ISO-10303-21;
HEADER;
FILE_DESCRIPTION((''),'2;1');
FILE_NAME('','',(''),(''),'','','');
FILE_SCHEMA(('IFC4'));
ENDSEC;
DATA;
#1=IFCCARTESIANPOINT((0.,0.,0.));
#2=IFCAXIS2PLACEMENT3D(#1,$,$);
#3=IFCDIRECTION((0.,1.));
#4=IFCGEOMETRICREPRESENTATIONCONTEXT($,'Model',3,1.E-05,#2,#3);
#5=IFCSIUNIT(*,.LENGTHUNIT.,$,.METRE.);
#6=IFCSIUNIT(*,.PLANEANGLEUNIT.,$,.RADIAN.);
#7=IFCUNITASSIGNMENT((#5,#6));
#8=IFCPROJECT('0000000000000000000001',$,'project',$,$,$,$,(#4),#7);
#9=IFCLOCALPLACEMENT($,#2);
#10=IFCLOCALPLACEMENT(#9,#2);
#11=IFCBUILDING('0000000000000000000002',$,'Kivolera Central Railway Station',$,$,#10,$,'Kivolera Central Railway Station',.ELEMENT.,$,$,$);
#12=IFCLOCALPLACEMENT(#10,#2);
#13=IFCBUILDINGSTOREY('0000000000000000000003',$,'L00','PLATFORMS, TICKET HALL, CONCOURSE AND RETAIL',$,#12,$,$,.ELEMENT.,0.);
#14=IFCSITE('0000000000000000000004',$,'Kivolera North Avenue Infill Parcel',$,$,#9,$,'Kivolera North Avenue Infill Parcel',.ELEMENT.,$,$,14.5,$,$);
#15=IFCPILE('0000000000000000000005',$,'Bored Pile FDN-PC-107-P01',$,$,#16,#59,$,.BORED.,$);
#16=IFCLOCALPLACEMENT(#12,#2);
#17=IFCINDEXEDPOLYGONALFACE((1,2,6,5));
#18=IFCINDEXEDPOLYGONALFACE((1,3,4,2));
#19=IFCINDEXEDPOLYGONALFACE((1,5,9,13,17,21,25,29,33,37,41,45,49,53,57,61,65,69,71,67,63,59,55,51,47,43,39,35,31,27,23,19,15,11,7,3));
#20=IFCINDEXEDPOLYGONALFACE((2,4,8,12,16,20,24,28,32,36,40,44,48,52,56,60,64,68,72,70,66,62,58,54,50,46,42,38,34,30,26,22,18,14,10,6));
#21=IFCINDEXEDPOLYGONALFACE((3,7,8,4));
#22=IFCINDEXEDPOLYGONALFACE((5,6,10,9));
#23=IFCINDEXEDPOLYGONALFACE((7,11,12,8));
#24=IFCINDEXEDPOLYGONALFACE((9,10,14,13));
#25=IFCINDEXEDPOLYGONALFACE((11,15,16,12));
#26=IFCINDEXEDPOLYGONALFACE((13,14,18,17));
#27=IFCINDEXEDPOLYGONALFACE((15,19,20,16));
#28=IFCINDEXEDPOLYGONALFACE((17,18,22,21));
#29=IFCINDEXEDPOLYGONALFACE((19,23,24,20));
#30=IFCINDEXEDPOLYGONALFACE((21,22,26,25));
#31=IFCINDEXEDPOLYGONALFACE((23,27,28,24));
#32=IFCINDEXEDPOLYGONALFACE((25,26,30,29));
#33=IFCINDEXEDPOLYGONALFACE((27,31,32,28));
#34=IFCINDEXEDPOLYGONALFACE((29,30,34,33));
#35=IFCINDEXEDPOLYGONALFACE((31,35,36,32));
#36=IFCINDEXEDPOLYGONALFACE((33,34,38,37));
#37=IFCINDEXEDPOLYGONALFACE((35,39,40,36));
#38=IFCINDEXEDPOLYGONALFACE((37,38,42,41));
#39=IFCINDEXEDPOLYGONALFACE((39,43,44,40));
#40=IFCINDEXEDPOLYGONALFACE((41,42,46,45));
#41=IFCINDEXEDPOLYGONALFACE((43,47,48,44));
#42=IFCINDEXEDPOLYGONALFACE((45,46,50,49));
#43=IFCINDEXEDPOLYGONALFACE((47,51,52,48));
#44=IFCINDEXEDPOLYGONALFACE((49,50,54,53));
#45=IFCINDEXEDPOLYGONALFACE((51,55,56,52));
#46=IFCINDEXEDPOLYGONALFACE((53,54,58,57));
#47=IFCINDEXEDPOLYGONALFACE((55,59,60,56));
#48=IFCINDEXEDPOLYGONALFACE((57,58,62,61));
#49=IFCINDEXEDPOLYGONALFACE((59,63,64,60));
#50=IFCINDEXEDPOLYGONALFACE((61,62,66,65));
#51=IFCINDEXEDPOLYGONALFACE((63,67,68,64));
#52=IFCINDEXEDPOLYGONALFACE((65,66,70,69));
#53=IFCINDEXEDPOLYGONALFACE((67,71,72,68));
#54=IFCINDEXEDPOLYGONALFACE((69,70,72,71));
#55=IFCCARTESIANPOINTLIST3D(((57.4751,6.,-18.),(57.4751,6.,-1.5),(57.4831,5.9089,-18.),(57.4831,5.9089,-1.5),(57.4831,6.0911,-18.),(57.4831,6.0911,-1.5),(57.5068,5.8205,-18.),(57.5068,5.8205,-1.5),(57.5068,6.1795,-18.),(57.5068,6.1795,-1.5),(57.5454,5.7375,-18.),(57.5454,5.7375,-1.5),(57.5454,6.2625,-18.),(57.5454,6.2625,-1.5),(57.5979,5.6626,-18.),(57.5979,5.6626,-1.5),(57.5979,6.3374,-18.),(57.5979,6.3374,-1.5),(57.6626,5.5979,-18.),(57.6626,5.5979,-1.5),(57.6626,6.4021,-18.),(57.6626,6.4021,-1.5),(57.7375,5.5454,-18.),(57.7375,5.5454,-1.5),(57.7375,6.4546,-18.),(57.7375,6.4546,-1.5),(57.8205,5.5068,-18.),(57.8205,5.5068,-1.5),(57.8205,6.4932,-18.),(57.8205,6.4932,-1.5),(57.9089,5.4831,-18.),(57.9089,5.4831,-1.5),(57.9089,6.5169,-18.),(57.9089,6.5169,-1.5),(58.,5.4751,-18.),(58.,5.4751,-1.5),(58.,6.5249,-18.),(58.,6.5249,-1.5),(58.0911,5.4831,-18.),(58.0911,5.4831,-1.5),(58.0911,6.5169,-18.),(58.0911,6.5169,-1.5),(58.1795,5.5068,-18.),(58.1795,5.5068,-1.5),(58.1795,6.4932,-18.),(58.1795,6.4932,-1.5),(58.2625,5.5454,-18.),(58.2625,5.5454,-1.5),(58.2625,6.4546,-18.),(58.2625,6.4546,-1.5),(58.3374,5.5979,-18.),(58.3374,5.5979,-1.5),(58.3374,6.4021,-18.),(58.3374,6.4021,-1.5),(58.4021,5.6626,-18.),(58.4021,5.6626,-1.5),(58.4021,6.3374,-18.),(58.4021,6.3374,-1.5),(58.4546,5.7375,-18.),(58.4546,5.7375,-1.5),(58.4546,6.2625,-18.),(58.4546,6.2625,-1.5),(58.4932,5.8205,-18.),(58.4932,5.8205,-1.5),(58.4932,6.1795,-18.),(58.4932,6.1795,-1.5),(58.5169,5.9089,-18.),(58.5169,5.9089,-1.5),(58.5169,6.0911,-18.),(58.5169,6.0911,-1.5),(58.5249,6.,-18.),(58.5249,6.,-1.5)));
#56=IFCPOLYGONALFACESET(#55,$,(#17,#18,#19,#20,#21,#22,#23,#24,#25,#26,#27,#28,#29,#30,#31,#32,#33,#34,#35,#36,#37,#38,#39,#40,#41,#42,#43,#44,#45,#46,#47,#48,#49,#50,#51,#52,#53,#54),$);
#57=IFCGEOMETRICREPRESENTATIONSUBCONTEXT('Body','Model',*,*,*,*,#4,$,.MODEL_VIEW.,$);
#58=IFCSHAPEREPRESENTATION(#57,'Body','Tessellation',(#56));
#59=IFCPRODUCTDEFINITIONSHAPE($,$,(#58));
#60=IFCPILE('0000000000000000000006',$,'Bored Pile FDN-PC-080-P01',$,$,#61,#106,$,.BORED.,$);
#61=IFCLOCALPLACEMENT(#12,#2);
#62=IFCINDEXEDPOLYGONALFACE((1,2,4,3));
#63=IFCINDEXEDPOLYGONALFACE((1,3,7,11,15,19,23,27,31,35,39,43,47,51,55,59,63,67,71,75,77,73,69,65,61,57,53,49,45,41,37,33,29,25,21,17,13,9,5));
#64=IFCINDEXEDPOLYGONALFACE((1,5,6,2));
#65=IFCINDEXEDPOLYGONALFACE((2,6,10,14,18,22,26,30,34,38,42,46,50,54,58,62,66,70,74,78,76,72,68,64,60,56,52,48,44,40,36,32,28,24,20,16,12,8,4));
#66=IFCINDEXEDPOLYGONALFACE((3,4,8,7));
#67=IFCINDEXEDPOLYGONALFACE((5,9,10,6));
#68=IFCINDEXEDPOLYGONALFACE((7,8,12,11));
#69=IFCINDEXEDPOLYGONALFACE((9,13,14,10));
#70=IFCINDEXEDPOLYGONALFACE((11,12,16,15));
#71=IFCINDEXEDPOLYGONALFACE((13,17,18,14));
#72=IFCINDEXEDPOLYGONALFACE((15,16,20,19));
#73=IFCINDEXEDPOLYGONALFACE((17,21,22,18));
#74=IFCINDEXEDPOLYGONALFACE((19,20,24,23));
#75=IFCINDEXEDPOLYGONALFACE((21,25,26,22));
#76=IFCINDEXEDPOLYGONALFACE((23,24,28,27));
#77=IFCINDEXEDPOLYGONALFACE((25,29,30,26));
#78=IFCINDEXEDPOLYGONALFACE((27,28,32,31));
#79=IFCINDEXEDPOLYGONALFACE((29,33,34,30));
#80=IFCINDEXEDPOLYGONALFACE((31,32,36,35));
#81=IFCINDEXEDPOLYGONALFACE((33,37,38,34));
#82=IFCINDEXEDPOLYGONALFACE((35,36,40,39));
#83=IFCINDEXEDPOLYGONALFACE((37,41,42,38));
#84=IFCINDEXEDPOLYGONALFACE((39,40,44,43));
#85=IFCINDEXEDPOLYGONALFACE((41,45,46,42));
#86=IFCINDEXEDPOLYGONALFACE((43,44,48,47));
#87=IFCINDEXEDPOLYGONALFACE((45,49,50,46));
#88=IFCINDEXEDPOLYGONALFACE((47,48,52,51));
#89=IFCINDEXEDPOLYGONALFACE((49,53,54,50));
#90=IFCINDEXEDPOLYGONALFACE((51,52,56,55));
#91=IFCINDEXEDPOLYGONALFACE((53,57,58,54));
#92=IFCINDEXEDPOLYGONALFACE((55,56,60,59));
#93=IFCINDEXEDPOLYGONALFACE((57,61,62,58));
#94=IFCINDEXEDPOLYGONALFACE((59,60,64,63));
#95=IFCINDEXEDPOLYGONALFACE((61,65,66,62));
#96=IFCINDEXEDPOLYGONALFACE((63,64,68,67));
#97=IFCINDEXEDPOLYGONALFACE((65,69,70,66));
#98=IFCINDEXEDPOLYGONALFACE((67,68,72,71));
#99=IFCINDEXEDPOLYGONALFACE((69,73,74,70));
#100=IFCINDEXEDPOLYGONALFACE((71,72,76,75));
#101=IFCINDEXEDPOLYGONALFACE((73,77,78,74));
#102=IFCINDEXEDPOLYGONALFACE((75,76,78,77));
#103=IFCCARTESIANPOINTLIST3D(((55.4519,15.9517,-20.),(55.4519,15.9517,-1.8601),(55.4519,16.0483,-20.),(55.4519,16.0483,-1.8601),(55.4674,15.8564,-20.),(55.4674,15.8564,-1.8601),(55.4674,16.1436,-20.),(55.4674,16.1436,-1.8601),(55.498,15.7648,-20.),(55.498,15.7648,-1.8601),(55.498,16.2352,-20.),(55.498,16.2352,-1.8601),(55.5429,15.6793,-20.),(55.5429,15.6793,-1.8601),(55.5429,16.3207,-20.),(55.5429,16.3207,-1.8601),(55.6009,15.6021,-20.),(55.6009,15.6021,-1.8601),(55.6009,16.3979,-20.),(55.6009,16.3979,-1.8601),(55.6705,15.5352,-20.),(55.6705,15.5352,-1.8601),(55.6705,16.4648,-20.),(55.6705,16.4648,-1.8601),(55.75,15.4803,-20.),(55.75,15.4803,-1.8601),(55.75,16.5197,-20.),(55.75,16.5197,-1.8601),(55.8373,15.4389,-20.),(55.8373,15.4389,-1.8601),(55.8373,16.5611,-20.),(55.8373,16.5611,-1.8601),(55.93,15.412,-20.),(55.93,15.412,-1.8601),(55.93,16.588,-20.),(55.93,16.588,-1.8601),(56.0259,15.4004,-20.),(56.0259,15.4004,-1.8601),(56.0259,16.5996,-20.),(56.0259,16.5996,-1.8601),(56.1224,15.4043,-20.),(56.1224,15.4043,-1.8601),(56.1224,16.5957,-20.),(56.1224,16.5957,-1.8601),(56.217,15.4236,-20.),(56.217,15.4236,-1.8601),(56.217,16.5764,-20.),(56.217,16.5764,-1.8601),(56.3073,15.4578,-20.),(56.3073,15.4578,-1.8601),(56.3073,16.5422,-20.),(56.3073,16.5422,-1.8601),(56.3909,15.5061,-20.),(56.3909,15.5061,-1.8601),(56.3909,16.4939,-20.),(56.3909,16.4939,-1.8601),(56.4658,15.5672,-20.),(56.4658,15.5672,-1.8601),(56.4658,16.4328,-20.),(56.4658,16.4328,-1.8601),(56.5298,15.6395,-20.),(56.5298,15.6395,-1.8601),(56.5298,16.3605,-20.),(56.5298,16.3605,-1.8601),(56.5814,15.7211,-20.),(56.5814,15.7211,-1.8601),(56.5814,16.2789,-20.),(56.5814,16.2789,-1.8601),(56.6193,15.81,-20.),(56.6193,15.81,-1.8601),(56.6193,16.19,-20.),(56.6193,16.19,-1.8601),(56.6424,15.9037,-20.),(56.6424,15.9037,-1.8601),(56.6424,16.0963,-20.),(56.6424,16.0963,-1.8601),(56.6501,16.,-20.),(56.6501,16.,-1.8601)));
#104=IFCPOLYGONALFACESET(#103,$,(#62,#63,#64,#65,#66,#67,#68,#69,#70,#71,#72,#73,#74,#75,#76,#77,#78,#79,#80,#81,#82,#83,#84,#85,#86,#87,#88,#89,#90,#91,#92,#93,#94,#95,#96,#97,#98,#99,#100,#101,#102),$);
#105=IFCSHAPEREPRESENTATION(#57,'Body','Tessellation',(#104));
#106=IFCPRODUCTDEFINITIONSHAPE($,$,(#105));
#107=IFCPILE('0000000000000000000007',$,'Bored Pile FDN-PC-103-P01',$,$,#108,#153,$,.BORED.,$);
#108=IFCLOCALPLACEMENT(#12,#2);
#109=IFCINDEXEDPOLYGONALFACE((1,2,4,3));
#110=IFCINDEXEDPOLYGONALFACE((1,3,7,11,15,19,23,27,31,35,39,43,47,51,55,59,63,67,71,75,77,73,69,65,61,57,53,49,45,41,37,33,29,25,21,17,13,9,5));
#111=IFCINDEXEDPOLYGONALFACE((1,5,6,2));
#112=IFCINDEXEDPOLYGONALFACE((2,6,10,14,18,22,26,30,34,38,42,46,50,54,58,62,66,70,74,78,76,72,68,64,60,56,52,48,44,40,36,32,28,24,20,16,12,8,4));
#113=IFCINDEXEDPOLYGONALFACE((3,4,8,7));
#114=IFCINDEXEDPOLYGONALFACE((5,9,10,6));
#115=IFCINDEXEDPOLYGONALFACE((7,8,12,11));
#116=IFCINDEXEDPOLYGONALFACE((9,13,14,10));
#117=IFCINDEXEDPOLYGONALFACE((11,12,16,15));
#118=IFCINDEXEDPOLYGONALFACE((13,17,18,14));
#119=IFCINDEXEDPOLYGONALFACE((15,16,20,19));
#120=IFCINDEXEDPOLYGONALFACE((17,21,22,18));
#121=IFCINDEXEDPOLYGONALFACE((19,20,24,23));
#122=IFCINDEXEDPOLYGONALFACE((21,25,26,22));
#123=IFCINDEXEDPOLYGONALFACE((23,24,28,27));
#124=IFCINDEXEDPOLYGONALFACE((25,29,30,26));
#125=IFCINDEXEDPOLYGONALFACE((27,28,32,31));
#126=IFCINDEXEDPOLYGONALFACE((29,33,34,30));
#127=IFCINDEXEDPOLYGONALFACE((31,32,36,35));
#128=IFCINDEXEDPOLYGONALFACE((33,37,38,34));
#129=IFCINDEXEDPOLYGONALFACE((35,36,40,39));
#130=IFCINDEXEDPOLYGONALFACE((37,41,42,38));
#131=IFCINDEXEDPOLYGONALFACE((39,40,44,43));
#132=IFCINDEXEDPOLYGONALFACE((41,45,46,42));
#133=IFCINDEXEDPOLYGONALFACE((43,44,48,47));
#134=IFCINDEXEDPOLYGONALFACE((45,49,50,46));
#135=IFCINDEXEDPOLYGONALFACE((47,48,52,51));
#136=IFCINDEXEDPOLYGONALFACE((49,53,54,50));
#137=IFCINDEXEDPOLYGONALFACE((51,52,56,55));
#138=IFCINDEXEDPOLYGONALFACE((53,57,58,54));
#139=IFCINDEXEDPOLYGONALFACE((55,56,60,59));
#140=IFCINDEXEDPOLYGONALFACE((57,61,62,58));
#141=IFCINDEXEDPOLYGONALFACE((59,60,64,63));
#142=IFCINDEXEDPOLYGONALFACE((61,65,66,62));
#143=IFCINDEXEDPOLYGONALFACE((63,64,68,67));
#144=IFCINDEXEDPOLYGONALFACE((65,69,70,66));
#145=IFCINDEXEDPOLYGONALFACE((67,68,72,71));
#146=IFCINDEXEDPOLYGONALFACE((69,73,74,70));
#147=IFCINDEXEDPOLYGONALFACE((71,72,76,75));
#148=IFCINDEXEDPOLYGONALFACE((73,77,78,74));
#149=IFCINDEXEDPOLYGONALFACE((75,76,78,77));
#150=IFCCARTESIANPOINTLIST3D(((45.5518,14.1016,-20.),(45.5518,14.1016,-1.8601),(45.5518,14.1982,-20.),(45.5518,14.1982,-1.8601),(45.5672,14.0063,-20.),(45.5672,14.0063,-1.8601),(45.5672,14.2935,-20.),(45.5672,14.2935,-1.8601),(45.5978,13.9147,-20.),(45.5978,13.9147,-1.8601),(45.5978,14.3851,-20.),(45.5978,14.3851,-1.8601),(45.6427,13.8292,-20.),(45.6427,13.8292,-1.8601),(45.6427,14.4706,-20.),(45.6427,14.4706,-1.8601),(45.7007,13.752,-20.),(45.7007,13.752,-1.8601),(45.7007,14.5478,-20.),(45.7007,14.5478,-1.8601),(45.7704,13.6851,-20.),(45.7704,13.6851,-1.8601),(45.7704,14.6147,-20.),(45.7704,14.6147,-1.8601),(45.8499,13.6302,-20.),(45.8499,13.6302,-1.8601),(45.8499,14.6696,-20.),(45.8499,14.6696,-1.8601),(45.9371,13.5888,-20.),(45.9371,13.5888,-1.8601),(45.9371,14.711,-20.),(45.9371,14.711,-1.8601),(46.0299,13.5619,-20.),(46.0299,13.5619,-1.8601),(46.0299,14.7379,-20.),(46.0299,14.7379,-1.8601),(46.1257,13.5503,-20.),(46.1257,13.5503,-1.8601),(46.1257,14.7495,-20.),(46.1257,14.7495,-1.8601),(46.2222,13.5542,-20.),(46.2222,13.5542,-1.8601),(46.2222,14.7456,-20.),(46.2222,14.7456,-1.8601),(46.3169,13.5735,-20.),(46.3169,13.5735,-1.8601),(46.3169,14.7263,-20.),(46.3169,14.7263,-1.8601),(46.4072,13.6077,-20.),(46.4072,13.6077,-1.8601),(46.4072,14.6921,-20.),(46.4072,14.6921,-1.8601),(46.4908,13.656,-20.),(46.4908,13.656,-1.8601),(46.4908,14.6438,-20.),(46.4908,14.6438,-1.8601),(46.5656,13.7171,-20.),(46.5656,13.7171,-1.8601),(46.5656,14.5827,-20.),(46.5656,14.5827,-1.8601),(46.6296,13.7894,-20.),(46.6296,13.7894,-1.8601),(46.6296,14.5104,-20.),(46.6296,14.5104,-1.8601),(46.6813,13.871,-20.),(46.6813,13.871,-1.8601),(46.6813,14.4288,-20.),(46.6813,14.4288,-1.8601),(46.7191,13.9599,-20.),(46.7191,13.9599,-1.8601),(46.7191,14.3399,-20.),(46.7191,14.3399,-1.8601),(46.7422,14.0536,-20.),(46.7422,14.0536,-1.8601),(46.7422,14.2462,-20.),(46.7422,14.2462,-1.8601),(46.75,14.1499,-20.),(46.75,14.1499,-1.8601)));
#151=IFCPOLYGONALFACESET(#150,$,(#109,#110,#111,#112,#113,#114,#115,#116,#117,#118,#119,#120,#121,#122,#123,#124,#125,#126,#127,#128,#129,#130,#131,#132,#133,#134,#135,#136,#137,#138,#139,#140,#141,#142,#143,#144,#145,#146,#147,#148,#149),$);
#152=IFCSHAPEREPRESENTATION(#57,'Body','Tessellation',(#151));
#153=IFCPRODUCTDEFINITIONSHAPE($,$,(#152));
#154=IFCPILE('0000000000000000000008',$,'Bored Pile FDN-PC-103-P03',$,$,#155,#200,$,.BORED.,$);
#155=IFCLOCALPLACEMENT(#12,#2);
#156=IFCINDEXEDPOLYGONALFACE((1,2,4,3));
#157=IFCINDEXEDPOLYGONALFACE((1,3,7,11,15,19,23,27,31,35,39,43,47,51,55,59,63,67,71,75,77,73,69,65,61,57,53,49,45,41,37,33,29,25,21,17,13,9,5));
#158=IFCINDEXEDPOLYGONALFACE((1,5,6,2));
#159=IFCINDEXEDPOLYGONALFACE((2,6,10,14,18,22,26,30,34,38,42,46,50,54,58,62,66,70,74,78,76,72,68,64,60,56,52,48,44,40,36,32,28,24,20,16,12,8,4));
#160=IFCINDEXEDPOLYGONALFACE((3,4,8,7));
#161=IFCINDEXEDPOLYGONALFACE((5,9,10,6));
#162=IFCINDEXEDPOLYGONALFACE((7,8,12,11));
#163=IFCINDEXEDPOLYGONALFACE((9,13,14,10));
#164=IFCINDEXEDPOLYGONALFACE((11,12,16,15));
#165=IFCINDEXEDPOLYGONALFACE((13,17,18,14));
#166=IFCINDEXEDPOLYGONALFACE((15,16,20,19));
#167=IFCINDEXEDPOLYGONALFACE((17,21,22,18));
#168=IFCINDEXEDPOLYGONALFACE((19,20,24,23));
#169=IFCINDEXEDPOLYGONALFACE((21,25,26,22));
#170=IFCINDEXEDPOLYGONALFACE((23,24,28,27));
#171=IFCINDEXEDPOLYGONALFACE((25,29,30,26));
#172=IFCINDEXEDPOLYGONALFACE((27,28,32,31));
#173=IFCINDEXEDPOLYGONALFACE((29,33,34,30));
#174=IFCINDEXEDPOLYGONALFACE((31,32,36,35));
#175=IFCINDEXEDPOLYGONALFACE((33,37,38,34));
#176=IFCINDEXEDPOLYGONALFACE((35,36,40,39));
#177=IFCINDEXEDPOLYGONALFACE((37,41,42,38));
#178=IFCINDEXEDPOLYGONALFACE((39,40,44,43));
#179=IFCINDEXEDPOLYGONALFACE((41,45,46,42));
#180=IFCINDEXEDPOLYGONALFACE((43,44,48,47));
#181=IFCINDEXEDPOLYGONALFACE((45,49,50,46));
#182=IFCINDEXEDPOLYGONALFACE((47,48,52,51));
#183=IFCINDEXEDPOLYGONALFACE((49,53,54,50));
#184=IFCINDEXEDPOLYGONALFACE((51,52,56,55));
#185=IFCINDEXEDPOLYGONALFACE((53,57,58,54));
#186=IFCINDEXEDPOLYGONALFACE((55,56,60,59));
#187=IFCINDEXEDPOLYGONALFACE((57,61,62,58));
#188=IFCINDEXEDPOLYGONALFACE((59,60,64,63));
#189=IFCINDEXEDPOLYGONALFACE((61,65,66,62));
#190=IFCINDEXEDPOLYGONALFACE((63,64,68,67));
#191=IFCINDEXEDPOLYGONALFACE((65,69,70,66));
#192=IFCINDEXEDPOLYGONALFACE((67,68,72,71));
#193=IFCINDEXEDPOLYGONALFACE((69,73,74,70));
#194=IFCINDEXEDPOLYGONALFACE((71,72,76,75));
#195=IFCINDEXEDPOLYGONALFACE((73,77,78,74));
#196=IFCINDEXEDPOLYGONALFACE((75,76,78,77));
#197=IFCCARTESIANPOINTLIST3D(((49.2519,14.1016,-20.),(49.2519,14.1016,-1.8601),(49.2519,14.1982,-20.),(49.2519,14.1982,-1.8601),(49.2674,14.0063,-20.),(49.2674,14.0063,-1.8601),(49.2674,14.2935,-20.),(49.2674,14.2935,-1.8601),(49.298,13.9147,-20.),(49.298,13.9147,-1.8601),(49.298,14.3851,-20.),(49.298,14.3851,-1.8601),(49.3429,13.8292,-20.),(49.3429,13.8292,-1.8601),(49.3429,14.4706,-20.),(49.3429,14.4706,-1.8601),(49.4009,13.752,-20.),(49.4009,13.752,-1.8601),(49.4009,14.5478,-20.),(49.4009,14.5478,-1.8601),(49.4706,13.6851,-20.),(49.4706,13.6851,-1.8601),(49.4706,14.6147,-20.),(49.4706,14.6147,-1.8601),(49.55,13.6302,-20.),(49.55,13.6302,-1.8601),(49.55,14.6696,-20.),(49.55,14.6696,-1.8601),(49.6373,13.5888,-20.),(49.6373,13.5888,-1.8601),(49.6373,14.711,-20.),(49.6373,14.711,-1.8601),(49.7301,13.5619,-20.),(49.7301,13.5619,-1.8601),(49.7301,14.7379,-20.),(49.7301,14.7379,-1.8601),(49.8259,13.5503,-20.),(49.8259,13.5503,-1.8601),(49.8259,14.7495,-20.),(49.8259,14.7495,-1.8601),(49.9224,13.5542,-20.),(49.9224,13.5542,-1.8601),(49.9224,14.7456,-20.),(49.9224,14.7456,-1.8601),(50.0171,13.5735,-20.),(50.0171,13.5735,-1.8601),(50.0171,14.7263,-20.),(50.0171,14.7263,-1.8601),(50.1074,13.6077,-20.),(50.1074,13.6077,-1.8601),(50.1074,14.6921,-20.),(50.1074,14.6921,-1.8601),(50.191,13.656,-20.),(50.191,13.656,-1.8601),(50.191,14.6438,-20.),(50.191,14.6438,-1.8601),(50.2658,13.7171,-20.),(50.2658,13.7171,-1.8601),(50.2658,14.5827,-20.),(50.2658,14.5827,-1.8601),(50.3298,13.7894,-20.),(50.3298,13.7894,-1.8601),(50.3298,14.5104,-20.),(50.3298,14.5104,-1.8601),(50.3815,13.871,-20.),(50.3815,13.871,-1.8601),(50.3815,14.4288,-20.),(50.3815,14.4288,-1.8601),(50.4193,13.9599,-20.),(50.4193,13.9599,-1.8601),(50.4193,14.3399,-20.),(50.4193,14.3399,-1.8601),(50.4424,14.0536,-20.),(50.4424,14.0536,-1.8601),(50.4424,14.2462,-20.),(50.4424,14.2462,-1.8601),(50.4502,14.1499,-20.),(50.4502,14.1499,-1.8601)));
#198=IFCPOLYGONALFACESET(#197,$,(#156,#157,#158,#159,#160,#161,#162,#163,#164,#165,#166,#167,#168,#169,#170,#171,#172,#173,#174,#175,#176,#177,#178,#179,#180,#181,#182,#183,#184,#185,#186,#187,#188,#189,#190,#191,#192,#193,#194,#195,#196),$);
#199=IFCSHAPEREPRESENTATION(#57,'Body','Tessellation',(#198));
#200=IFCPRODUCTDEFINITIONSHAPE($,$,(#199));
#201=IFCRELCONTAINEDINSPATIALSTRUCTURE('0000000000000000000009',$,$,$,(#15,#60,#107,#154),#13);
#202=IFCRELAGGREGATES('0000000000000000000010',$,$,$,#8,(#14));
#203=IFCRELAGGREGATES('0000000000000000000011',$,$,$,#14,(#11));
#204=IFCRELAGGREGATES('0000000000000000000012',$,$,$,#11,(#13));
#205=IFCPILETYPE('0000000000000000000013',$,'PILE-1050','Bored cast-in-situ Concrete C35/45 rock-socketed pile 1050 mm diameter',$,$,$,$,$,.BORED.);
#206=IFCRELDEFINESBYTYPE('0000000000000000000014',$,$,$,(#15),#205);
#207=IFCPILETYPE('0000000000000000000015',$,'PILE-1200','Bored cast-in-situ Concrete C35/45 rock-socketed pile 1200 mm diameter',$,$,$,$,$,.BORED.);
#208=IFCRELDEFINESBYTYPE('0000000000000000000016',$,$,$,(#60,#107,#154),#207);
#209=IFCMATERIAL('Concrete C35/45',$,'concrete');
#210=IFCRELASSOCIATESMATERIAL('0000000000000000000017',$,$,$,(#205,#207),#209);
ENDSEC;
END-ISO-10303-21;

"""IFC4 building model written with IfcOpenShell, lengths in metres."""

from ifc_helpers import new_model, si_unit, direction, frame, origin, origin_2d, place, context, subcontext, project, spatial, circle, extrude, material, material_profile, profile_set, type_object, element, save


model = new_model("IFC4")

# Units and contexts
model_context = context("Model", 3, precision=1e-05, world=origin(), true_north=direction((0.0, 1.0)))
body_context = subcontext(model_context, "Body", "Model", "MODEL_VIEW")
ifc_project = project(units=[si_unit("LENGTHUNIT", "METRE"), si_unit("PLANEANGLEUNIT", "RADIAN")], contexts=[model_context])

# Site, building, storey
site_placement = place(None, origin())
site = spatial("IfcSite", under=ifc_project, at=site_placement, Name="Kivolera North Avenue Infill Parcel", LongName="Kivolera North Avenue Infill Parcel", CompositionType="ELEMENT", RefElevation=14.5)
building_placement = place(site_placement, origin())
building = spatial("IfcBuilding", under=site, at=building_placement, Name="Kivolera Central Railway Station", LongName="Kivolera Central Railway Station", CompositionType="ELEMENT")
storey_placement = place(building_placement, origin())
storey = spatial("IfcBuildingStorey", under=building, at=storey_placement, Name="L00", Description="PLATFORMS, TICKET HALL, CONCOURSE AND RETAIL", CompositionType="ELEMENT", Elevation=0.0)

# Shared definitions
ifc_material_1 = material(Name="Concrete C35/45", Category="concrete")

# Piles
ifc_material_profile_1 = material_profile(ifc_material_1, circle(Radius=0.5249, at=origin_2d()), Name="PILE D1050")
ifc_profile_set_1 = profile_set([ifc_material_profile_1], Name="Concrete C35/45")
pile_type_1 = type_object("IfcPileType", Name="PILE-1050", Description="Bored cast-in-situ Concrete C35/45 rock-socketed pile 1050 mm diameter", PredefinedType="BORED", material=ifc_profile_set_1)
for number, where, z_axis, x_axis, name in (
    (1, (58.0, 6.0, -1.5), (0.0, 0.0, -1.0), (1.0, 0.0, 0.0), "Bored Pile FDN-PC-107-P01"),
):
    element("IfcPile", number, at=place(storey_placement, frame(where, z_axis=z_axis, x_axis=x_axis)), inside=storey, type_object=pile_type_1, Name=name, PredefinedType="BORED", context=body_context, shape_type="SweptSolid", body=[
        extrude(circle(Radius=0.5249, at=origin_2d()), origin(), (0.0, 0.0, 1.0), 16.5),
    ])
ifc_material_profile_2 = material_profile(ifc_material_1, circle(Radius=0.6001, at=origin_2d()), Name="PILE D1200")
ifc_profile_set_2 = profile_set([ifc_material_profile_2], Name="Concrete C35/45")
pile_type_2 = type_object("IfcPileType", Name="PILE-1200", Description="Bored cast-in-situ Concrete C35/45 rock-socketed pile 1200 mm diameter", PredefinedType="BORED", material=ifc_profile_set_2)
for number, where, z_axis, x_axis, name in (
    (2, (56.05, 16.0, -1.8601), (0.0, 0.0, -1.0), (1.0, 0.0, 0.0), "Bored Pile FDN-PC-080-P01"),
    (3, (46.1499, 14.1499, -1.8601), (0.0, 0.0, -1.0), (1.0, 0.0, 0.0), "Bored Pile FDN-PC-103-P01"),
    (4, (49.8501, 14.1499, -1.8601), (0.0, 0.0, -1.0), (1.0, 0.0, 0.0), "Bored Pile FDN-PC-103-P03"),
):
    element("IfcPile", number, at=place(storey_placement, frame(where, z_axis=z_axis, x_axis=x_axis)), inside=storey, type_object=pile_type_2, Name=name, PredefinedType="BORED", context=body_context, shape_type="SweptSolid", body=[
        extrude(circle(Radius=0.6001, at=origin_2d()), origin(), (0.0, 0.0, 1.0), 18.1399),
    ])

save(model, "model.ifc")
